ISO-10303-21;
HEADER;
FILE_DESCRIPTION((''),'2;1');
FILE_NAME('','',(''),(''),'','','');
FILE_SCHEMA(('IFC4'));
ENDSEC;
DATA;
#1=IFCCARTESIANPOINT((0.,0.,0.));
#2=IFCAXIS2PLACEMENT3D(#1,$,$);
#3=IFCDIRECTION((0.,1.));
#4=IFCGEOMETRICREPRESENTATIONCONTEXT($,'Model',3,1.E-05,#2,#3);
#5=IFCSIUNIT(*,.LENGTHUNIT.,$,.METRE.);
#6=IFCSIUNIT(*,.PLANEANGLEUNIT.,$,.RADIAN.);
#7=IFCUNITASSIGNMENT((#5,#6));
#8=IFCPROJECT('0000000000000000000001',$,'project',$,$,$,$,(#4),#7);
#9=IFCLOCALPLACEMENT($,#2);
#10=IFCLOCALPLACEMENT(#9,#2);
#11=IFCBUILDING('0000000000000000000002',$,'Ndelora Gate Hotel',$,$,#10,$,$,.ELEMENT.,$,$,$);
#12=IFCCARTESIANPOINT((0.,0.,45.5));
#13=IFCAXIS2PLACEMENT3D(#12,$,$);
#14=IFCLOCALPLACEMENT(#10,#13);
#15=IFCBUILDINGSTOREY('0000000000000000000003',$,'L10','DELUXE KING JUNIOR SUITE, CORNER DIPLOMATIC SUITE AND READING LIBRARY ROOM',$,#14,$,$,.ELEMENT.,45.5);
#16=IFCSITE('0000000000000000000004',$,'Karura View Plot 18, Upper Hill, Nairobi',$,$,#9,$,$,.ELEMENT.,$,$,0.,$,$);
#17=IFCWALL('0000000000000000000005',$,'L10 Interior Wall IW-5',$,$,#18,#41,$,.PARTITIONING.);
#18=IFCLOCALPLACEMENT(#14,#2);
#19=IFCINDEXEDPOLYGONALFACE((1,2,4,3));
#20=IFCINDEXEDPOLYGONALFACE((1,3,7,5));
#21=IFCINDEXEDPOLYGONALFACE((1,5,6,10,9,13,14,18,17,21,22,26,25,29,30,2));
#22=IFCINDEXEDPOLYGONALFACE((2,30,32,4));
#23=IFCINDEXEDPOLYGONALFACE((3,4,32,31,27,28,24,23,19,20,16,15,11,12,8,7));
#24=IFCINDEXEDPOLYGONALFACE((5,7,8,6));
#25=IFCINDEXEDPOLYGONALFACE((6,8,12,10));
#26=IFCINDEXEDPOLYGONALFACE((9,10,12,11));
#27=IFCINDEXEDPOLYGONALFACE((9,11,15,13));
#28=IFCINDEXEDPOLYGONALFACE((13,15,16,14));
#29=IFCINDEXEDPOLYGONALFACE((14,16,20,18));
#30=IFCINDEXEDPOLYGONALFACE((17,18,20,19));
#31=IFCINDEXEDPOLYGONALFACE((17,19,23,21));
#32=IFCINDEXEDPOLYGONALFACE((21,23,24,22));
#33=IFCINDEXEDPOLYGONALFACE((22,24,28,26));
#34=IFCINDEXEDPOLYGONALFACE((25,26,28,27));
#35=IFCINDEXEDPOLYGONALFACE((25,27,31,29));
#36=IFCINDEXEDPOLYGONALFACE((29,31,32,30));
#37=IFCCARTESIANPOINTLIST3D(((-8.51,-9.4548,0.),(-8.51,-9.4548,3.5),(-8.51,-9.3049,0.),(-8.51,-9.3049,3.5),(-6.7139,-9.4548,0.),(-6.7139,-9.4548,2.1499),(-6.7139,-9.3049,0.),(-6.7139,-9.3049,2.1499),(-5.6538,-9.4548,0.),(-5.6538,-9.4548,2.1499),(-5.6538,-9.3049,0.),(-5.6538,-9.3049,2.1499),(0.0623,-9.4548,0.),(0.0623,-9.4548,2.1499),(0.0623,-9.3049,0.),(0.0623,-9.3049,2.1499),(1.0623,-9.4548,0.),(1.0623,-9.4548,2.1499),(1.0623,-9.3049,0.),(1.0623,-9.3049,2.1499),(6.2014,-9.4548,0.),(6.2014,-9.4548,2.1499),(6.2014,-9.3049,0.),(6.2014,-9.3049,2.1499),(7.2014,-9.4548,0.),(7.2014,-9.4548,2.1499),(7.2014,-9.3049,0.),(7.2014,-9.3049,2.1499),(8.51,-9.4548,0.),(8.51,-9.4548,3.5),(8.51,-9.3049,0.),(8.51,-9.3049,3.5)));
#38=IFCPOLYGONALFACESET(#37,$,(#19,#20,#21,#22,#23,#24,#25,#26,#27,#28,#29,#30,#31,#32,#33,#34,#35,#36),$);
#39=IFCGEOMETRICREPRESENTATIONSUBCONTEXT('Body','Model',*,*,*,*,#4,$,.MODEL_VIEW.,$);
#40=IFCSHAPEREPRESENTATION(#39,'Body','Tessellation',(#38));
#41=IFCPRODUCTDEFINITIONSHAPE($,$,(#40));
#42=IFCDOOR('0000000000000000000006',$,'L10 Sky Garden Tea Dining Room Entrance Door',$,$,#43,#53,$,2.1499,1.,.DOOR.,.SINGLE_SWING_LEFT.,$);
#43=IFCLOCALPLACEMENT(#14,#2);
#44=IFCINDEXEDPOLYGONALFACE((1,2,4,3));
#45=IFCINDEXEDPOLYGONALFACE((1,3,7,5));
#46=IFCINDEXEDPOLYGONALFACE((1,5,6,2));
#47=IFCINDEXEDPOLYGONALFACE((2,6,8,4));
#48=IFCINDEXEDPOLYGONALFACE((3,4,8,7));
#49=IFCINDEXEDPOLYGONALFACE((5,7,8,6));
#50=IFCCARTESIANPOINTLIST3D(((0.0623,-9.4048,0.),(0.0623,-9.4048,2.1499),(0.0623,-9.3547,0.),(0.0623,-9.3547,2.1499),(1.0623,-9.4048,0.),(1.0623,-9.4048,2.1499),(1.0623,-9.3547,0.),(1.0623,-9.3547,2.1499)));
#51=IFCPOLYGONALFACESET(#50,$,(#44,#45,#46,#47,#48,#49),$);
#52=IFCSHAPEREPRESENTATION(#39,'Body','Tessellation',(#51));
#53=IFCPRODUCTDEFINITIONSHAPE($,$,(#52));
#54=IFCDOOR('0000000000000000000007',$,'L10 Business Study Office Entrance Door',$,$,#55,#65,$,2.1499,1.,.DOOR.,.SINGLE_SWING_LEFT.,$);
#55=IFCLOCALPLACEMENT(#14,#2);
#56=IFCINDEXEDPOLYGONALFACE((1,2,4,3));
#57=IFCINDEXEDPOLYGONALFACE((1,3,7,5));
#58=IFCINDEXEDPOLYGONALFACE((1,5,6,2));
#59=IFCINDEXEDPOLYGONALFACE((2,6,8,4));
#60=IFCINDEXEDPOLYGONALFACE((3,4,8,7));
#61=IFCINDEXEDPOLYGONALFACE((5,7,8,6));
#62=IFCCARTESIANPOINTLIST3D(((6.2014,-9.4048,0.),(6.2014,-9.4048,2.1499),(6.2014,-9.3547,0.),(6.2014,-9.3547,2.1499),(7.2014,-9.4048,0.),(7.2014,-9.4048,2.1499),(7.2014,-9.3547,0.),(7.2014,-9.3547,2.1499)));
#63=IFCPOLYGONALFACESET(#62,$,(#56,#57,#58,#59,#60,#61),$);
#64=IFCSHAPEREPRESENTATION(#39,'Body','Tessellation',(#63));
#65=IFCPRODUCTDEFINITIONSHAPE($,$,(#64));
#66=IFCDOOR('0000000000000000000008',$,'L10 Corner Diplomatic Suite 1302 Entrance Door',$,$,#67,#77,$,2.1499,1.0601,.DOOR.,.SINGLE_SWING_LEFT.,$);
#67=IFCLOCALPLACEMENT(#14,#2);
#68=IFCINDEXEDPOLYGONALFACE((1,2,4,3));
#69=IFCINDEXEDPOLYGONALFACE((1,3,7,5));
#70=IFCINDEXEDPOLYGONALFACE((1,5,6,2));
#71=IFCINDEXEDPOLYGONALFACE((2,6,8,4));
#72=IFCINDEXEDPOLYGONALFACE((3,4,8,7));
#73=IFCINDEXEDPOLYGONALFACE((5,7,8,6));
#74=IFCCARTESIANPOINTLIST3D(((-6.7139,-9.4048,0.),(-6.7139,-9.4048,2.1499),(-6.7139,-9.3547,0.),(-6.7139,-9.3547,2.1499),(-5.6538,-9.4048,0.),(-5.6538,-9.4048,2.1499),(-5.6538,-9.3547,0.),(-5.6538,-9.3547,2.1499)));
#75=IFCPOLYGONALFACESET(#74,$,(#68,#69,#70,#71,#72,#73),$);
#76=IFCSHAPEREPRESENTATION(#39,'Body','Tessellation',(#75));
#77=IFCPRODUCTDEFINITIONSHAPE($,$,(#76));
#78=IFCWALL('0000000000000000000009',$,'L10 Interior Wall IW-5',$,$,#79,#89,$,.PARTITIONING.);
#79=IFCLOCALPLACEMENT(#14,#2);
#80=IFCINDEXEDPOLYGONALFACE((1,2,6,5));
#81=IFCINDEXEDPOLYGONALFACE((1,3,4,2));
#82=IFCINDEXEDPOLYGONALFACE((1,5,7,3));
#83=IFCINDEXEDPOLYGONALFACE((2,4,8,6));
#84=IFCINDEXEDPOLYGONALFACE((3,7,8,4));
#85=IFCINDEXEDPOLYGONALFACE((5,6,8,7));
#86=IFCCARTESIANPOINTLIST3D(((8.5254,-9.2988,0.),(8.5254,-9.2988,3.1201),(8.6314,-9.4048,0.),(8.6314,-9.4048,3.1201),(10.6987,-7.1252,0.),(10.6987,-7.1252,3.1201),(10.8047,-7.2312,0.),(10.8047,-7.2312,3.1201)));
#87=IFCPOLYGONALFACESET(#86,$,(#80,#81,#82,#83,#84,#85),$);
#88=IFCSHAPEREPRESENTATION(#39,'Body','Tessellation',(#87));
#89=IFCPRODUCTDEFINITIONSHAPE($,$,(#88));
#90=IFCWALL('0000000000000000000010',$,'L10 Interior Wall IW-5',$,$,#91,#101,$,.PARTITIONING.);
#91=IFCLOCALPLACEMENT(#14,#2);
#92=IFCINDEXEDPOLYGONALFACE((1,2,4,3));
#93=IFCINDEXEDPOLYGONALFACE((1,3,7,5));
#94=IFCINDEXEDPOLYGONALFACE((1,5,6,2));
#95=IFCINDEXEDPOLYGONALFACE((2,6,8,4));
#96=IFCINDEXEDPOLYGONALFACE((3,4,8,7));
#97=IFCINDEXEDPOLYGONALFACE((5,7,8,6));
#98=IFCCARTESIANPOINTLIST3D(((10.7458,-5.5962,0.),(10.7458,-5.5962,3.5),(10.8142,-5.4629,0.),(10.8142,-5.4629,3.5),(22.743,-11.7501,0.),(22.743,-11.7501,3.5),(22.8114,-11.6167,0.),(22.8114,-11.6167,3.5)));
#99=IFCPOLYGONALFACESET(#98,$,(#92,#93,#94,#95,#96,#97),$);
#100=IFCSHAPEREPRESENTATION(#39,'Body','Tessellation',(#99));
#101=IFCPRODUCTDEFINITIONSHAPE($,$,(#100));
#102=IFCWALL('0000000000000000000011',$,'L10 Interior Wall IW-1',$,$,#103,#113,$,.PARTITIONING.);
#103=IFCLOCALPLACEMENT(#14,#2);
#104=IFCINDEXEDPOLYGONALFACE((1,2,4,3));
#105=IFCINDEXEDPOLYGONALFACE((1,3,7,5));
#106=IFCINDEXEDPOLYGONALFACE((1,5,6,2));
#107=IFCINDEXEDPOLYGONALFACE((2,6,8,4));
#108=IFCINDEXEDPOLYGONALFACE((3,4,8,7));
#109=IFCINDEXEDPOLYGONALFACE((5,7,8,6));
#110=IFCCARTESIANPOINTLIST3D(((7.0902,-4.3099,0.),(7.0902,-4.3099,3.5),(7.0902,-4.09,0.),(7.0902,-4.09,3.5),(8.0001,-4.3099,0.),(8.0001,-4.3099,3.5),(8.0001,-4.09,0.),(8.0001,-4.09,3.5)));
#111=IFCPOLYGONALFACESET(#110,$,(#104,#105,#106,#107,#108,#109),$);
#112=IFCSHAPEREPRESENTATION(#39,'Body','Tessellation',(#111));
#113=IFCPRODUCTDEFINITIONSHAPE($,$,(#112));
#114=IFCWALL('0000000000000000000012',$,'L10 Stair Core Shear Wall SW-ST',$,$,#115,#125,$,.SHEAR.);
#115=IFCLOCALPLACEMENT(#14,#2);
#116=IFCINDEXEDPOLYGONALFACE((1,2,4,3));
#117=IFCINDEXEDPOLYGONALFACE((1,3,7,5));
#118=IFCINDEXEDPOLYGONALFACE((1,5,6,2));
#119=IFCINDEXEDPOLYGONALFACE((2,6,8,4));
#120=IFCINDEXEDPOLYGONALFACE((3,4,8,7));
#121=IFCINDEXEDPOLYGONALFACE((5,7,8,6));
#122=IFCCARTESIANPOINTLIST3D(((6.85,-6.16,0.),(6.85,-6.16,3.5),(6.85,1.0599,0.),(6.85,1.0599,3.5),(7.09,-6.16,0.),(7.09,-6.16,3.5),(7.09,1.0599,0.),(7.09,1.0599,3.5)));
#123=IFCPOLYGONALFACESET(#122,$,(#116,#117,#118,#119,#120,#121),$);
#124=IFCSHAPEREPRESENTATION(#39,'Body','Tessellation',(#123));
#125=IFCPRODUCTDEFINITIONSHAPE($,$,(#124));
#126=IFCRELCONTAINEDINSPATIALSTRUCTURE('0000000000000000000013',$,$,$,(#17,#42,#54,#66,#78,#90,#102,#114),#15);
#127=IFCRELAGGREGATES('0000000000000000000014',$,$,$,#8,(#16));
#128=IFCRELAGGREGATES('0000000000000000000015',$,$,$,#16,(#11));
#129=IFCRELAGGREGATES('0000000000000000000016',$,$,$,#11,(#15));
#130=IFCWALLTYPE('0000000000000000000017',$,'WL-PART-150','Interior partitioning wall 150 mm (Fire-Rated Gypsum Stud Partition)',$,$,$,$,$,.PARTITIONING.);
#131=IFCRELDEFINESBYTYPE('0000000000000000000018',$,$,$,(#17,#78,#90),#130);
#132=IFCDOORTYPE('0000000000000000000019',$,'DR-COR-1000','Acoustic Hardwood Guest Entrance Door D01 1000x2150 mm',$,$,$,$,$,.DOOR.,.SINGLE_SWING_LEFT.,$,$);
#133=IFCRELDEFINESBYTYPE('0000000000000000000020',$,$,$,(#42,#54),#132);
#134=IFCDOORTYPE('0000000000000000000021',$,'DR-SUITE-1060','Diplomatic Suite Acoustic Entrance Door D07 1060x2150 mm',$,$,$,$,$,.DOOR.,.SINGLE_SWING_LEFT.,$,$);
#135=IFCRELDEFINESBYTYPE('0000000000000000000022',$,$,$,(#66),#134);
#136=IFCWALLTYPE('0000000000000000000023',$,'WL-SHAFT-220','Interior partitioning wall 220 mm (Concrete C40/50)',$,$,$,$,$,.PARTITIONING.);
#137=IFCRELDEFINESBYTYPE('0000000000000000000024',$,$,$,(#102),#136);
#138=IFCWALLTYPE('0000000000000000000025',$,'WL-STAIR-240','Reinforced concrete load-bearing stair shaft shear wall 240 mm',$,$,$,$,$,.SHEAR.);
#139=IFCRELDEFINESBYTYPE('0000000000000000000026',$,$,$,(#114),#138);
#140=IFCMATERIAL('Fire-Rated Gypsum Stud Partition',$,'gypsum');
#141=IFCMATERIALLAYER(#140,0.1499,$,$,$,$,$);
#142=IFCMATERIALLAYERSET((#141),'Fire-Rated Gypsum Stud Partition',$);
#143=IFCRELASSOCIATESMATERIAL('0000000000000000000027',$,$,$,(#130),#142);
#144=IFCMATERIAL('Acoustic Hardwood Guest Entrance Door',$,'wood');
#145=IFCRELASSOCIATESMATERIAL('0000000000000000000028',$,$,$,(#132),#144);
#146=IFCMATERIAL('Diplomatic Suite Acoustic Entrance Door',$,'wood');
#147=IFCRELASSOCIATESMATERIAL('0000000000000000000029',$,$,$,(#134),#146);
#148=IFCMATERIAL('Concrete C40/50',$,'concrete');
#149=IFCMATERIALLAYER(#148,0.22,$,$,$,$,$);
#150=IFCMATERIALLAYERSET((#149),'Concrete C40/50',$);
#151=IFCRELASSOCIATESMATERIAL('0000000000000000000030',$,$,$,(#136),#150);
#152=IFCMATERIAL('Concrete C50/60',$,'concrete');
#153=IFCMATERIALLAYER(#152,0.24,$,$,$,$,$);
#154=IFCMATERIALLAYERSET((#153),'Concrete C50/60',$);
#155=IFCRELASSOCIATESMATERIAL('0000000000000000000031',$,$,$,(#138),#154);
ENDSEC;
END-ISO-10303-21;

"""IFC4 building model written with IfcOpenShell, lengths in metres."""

from ifc_helpers import new_model, si_unit, direction, frame, frame_2d, origin, place, context, subcontext, project, spatial, rectangle, extrude, material, layer, layer_set, type_object, element, fill, save


model = new_model("IFC4")

# Units and contexts
model_context = context("Model", 3, precision=1e-05, world=origin(), true_north=direction((0.0, 1.0)))
body_context = subcontext(model_context, "Body", "Model", "MODEL_VIEW")
ifc_project = project(units=[si_unit("LENGTHUNIT", "METRE"), si_unit("PLANEANGLEUNIT", "RADIAN")], contexts=[model_context])

# Site, building, storey
site_placement = place(None, origin())
site = spatial("IfcSite", under=ifc_project, at=site_placement, Name="Karura View Plot 18, Upper Hill, Nairobi", CompositionType="ELEMENT", RefElevation=0.0)
building_placement = place(site_placement, origin())
building = spatial("IfcBuilding", under=site, at=building_placement, Name="Ndelora Gate Hotel", CompositionType="ELEMENT")
storey_placement = place(building_placement, frame((0.0, 0.0, 45.5)))
storey = spatial("IfcBuildingStorey", under=building, at=storey_placement, Name="L10", Description="DELUXE KING JUNIOR SUITE, CORNER DIPLOMATIC SUITE AND READING LIBRARY ROOM", CompositionType="ELEMENT", Elevation=45.5)

# Wall, openings, doors
ifc_material_1 = material(Name="Fire-Rated Gypsum Stud Partition", Category="gypsum")
ifc_layer_1 = layer(ifc_material_1, 0.1499)
ifc_layer_set_1 = layer_set([ifc_layer_1], Name="Fire-Rated Gypsum Stud Partition")
wall_type_1 = type_object("IfcWallType", Name="WL-PART-150", Description="Interior partitioning wall 150 mm (Fire-Rated Gypsum Stud Partition)", PredefinedType="PARTITIONING", material=ifc_layer_set_1)
wall_1_placement = place(storey_placement, frame((8.51, -9.3799, 0.0), z_axis=(0.0, 0.0, 1.0), x_axis=(-1.0, 0.0, 0.0)))
wall_1 = element("IfcWall", 1, at=wall_1_placement, inside=storey, type_object=wall_type_1, Name="L10 Interior Wall IW-5", PredefinedType="PARTITIONING", context=body_context, shape_type="SweptSolid", body=[
    extrude(rectangle(XDim=17.02, YDim=0.1499, at=frame_2d((8.51, 0.0))), origin(), (0.0, 0.0, 1.0), 3.5),
])
opening_1_placement = place(wall_1_placement, frame((7.4478, 0.0, 0.0)))
opening_1 = element("IfcOpeningElement", 2, at=opening_1_placement, cuts=wall_1, PredefinedType="OPENING", context=body_context, shape_type="SweptSolid", body=[
    extrude(rectangle(XDim=1.0, YDim=2.1499, at=frame_2d((0.5, 1.075))), frame((0.0, 0.085, 0.0), z_axis=(0.0, -1.0, 0.0), x_axis=(1.0, 0.0, 0.0)), (0.0, 0.0, 1.0), 0.1699),
])
opening_2_placement = place(wall_1_placement, frame((1.3086, 0.0, 0.0)))
opening_2 = element("IfcOpeningElement", 3, at=opening_2_placement, cuts=wall_1, PredefinedType="OPENING", context=body_context, shape_type="SweptSolid", body=[
    extrude(rectangle(XDim=1.0, YDim=2.1499, at=frame_2d((0.5, 1.075))), frame((0.0, 0.085, 0.0), z_axis=(0.0, -1.0, 0.0), x_axis=(1.0, 0.0, 0.0)), (0.0, 0.0, 1.0), 0.1699),
])
opening_3_placement = place(wall_1_placement, frame((14.1638, 0.0, 0.0)))
opening_3 = element("IfcOpeningElement", 4, at=opening_3_placement, cuts=wall_1, PredefinedType="OPENING", context=body_context, shape_type="SweptSolid", body=[
    extrude(rectangle(XDim=1.0601, YDim=2.1499, at=frame_2d((0.53, 1.075))), frame((0.0, 0.085, 0.0), z_axis=(0.0, -1.0, 0.0), x_axis=(1.0, 0.0, 0.0)), (0.0, 0.0, 1.0), 0.1699),
])
ifc_material_2 = material(Name="Acoustic Hardwood Guest Entrance Door", Category="wood")
door_type_1 = type_object("IfcDoorType", Name="DR-COR-1000", Description="Acoustic Hardwood Guest Entrance Door D01 1000x2150 mm", OperationType="SINGLE_SWING_LEFT", PredefinedType="DOOR", material=ifc_material_2)
door_1_placement = place(opening_1_placement, origin())
door_1 = element("IfcDoor", 5, at=door_1_placement, inside=storey, type_object=door_type_1, Name="L10 Sky Garden Tea Dining Room Entrance Door", OperationType="SINGLE_SWING_LEFT", OverallHeight=2.1499, OverallWidth=1.0, PredefinedType="DOOR", context=body_context, shape_type="SweptSolid", body=[
    extrude(rectangle(XDim=1.0, YDim=2.1499, at=frame_2d((0.5, 1.075))), frame((0.0, 0.0249, 0.0), z_axis=(0.0, -1.0, 0.0), x_axis=(1.0, 0.0, 0.0)), (0.0, 0.0, 1.0), 0.05),
])
fill(opening_1, door_1)
door_2_placement = place(opening_2_placement, origin())
door_2 = element("IfcDoor", 6, at=door_2_placement, inside=storey, type_object=door_type_1, Name="L10 Business Study Office Entrance Door", OperationType="SINGLE_SWING_LEFT", OverallHeight=2.1499, OverallWidth=1.0, PredefinedType="DOOR", context=body_context, shape_type="SweptSolid", body=[
    extrude(rectangle(XDim=1.0, YDim=2.1499, at=frame_2d((0.5, 1.075))), frame((0.0, 0.0249, 0.0), z_axis=(0.0, -1.0, 0.0), x_axis=(1.0, 0.0, 0.0)), (0.0, 0.0, 1.0), 0.05),
])
fill(opening_2, door_2)
ifc_material_3 = material(Name="Diplomatic Suite Acoustic Entrance Door", Category="wood")
door_type_2 = type_object("IfcDoorType", Name="DR-SUITE-1060", Description="Diplomatic Suite Acoustic Entrance Door D07 1060x2150 mm", OperationType="SINGLE_SWING_LEFT", PredefinedType="DOOR", material=ifc_material_3)
door_3_placement = place(opening_3_placement, origin())
door_3 = element("IfcDoor", 7, at=door_3_placement, inside=storey, type_object=door_type_2, Name="L10 Corner Diplomatic Suite 1302 Entrance Door", OperationType="SINGLE_SWING_LEFT", OverallHeight=2.1499, OverallWidth=1.0601, PredefinedType="DOOR", context=body_context, shape_type="SweptSolid", body=[
    extrude(rectangle(XDim=1.0601, YDim=2.1499, at=frame_2d((0.53, 1.075))), frame((0.0, 0.0249, 0.0), z_axis=(0.0, -1.0, 0.0), x_axis=(1.0, 0.0, 0.0)), (0.0, 0.0, 1.0), 0.05),
])
fill(opening_3, door_3)

# Walls
wall_2_placement = place(storey_placement, frame((10.7517, -7.1782, 0.0), z_axis=(0.0, 0.0, 1.0), x_axis=(-0.707067, -0.707146, 0.0)))
element("IfcWall", 8, at=wall_2_placement, inside=storey, type_object=wall_type_1, Name="L10 Interior Wall IW-5", PredefinedType="PARTITIONING", context=body_context, shape_type="SweptSolid", body=[
    extrude(rectangle(XDim=3.0737, YDim=0.1499, at=frame_2d((1.5369, 0.0))), origin(), (0.0, 0.0, 1.0), 3.1201),
])
wall_3_placement = place(storey_placement, frame((10.78, -5.5295, 0.0), z_axis=(0.0, 0.0, 1.0), x_axis=(0.889773, -0.456403, 0.0)))
element("IfcWall", 9, at=wall_3_placement, inside=storey, type_object=wall_type_1, Name="L10 Interior Wall IW-5", PredefinedType="PARTITIONING", context=body_context, shape_type="SweptSolid", body=[
    extrude(rectangle(XDim=13.4834, YDim=0.1499, at=frame_2d((6.7417, 0.0))), origin(), (0.0, 0.0, 1.0), 3.5),
])
ifc_material_4 = material(Name="Concrete C40/50", Category="concrete")
ifc_layer_2 = layer(ifc_material_4, 0.22)
ifc_layer_set_2 = layer_set([ifc_layer_2], Name="Concrete C40/50")
wall_type_2 = type_object("IfcWallType", Name="WL-SHAFT-220", Description="Interior partitioning wall 220 mm (Concrete C40/50)", PredefinedType="PARTITIONING", material=ifc_layer_set_2)
wall_4_placement = place(storey_placement, frame((7.0901, -4.2, 0.0), z_axis=(0.0, 0.0, 1.0), x_axis=(1.0, 0.0, 0.0)))
element("IfcWall", 10, at=wall_4_placement, inside=storey, type_object=wall_type_2, Name="L10 Interior Wall IW-1", PredefinedType="PARTITIONING", context=body_context, shape_type="SweptSolid", body=[
    extrude(rectangle(XDim=0.9099, YDim=0.22, at=frame_2d((0.4551, 0.0))), origin(), (0.0, 0.0, 1.0), 3.5),
])
ifc_material_5 = material(Name="Concrete C50/60", Category="concrete")
ifc_layer_3 = layer(ifc_material_5, 0.24)
ifc_layer_set_3 = layer_set([ifc_layer_3], Name="Concrete C50/60")
wall_type_3 = type_object("IfcWallType", Name="WL-STAIR-240", Description="Reinforced concrete load-bearing stair shaft shear wall 240 mm", PredefinedType="SHEAR", material=ifc_layer_set_3)
wall_5_placement = place(storey_placement, frame((6.97, -6.1599, 0.0), z_axis=(0.0, 0.0, 1.0), x_axis=(0.0, 1.0, 0.0)))
element("IfcWall", 11, at=wall_5_placement, inside=storey, type_object=wall_type_3, Name="L10 Stair Core Shear Wall SW-ST", PredefinedType="SHEAR", context=body_context, shape_type="SweptSolid", body=[
    extrude(rectangle(XDim=7.22, YDim=0.24, at=frame_2d((3.6099, 0.0))), origin(), (0.0, 0.0, 1.0), 3.5),
])

save(model, "model.ifc")
